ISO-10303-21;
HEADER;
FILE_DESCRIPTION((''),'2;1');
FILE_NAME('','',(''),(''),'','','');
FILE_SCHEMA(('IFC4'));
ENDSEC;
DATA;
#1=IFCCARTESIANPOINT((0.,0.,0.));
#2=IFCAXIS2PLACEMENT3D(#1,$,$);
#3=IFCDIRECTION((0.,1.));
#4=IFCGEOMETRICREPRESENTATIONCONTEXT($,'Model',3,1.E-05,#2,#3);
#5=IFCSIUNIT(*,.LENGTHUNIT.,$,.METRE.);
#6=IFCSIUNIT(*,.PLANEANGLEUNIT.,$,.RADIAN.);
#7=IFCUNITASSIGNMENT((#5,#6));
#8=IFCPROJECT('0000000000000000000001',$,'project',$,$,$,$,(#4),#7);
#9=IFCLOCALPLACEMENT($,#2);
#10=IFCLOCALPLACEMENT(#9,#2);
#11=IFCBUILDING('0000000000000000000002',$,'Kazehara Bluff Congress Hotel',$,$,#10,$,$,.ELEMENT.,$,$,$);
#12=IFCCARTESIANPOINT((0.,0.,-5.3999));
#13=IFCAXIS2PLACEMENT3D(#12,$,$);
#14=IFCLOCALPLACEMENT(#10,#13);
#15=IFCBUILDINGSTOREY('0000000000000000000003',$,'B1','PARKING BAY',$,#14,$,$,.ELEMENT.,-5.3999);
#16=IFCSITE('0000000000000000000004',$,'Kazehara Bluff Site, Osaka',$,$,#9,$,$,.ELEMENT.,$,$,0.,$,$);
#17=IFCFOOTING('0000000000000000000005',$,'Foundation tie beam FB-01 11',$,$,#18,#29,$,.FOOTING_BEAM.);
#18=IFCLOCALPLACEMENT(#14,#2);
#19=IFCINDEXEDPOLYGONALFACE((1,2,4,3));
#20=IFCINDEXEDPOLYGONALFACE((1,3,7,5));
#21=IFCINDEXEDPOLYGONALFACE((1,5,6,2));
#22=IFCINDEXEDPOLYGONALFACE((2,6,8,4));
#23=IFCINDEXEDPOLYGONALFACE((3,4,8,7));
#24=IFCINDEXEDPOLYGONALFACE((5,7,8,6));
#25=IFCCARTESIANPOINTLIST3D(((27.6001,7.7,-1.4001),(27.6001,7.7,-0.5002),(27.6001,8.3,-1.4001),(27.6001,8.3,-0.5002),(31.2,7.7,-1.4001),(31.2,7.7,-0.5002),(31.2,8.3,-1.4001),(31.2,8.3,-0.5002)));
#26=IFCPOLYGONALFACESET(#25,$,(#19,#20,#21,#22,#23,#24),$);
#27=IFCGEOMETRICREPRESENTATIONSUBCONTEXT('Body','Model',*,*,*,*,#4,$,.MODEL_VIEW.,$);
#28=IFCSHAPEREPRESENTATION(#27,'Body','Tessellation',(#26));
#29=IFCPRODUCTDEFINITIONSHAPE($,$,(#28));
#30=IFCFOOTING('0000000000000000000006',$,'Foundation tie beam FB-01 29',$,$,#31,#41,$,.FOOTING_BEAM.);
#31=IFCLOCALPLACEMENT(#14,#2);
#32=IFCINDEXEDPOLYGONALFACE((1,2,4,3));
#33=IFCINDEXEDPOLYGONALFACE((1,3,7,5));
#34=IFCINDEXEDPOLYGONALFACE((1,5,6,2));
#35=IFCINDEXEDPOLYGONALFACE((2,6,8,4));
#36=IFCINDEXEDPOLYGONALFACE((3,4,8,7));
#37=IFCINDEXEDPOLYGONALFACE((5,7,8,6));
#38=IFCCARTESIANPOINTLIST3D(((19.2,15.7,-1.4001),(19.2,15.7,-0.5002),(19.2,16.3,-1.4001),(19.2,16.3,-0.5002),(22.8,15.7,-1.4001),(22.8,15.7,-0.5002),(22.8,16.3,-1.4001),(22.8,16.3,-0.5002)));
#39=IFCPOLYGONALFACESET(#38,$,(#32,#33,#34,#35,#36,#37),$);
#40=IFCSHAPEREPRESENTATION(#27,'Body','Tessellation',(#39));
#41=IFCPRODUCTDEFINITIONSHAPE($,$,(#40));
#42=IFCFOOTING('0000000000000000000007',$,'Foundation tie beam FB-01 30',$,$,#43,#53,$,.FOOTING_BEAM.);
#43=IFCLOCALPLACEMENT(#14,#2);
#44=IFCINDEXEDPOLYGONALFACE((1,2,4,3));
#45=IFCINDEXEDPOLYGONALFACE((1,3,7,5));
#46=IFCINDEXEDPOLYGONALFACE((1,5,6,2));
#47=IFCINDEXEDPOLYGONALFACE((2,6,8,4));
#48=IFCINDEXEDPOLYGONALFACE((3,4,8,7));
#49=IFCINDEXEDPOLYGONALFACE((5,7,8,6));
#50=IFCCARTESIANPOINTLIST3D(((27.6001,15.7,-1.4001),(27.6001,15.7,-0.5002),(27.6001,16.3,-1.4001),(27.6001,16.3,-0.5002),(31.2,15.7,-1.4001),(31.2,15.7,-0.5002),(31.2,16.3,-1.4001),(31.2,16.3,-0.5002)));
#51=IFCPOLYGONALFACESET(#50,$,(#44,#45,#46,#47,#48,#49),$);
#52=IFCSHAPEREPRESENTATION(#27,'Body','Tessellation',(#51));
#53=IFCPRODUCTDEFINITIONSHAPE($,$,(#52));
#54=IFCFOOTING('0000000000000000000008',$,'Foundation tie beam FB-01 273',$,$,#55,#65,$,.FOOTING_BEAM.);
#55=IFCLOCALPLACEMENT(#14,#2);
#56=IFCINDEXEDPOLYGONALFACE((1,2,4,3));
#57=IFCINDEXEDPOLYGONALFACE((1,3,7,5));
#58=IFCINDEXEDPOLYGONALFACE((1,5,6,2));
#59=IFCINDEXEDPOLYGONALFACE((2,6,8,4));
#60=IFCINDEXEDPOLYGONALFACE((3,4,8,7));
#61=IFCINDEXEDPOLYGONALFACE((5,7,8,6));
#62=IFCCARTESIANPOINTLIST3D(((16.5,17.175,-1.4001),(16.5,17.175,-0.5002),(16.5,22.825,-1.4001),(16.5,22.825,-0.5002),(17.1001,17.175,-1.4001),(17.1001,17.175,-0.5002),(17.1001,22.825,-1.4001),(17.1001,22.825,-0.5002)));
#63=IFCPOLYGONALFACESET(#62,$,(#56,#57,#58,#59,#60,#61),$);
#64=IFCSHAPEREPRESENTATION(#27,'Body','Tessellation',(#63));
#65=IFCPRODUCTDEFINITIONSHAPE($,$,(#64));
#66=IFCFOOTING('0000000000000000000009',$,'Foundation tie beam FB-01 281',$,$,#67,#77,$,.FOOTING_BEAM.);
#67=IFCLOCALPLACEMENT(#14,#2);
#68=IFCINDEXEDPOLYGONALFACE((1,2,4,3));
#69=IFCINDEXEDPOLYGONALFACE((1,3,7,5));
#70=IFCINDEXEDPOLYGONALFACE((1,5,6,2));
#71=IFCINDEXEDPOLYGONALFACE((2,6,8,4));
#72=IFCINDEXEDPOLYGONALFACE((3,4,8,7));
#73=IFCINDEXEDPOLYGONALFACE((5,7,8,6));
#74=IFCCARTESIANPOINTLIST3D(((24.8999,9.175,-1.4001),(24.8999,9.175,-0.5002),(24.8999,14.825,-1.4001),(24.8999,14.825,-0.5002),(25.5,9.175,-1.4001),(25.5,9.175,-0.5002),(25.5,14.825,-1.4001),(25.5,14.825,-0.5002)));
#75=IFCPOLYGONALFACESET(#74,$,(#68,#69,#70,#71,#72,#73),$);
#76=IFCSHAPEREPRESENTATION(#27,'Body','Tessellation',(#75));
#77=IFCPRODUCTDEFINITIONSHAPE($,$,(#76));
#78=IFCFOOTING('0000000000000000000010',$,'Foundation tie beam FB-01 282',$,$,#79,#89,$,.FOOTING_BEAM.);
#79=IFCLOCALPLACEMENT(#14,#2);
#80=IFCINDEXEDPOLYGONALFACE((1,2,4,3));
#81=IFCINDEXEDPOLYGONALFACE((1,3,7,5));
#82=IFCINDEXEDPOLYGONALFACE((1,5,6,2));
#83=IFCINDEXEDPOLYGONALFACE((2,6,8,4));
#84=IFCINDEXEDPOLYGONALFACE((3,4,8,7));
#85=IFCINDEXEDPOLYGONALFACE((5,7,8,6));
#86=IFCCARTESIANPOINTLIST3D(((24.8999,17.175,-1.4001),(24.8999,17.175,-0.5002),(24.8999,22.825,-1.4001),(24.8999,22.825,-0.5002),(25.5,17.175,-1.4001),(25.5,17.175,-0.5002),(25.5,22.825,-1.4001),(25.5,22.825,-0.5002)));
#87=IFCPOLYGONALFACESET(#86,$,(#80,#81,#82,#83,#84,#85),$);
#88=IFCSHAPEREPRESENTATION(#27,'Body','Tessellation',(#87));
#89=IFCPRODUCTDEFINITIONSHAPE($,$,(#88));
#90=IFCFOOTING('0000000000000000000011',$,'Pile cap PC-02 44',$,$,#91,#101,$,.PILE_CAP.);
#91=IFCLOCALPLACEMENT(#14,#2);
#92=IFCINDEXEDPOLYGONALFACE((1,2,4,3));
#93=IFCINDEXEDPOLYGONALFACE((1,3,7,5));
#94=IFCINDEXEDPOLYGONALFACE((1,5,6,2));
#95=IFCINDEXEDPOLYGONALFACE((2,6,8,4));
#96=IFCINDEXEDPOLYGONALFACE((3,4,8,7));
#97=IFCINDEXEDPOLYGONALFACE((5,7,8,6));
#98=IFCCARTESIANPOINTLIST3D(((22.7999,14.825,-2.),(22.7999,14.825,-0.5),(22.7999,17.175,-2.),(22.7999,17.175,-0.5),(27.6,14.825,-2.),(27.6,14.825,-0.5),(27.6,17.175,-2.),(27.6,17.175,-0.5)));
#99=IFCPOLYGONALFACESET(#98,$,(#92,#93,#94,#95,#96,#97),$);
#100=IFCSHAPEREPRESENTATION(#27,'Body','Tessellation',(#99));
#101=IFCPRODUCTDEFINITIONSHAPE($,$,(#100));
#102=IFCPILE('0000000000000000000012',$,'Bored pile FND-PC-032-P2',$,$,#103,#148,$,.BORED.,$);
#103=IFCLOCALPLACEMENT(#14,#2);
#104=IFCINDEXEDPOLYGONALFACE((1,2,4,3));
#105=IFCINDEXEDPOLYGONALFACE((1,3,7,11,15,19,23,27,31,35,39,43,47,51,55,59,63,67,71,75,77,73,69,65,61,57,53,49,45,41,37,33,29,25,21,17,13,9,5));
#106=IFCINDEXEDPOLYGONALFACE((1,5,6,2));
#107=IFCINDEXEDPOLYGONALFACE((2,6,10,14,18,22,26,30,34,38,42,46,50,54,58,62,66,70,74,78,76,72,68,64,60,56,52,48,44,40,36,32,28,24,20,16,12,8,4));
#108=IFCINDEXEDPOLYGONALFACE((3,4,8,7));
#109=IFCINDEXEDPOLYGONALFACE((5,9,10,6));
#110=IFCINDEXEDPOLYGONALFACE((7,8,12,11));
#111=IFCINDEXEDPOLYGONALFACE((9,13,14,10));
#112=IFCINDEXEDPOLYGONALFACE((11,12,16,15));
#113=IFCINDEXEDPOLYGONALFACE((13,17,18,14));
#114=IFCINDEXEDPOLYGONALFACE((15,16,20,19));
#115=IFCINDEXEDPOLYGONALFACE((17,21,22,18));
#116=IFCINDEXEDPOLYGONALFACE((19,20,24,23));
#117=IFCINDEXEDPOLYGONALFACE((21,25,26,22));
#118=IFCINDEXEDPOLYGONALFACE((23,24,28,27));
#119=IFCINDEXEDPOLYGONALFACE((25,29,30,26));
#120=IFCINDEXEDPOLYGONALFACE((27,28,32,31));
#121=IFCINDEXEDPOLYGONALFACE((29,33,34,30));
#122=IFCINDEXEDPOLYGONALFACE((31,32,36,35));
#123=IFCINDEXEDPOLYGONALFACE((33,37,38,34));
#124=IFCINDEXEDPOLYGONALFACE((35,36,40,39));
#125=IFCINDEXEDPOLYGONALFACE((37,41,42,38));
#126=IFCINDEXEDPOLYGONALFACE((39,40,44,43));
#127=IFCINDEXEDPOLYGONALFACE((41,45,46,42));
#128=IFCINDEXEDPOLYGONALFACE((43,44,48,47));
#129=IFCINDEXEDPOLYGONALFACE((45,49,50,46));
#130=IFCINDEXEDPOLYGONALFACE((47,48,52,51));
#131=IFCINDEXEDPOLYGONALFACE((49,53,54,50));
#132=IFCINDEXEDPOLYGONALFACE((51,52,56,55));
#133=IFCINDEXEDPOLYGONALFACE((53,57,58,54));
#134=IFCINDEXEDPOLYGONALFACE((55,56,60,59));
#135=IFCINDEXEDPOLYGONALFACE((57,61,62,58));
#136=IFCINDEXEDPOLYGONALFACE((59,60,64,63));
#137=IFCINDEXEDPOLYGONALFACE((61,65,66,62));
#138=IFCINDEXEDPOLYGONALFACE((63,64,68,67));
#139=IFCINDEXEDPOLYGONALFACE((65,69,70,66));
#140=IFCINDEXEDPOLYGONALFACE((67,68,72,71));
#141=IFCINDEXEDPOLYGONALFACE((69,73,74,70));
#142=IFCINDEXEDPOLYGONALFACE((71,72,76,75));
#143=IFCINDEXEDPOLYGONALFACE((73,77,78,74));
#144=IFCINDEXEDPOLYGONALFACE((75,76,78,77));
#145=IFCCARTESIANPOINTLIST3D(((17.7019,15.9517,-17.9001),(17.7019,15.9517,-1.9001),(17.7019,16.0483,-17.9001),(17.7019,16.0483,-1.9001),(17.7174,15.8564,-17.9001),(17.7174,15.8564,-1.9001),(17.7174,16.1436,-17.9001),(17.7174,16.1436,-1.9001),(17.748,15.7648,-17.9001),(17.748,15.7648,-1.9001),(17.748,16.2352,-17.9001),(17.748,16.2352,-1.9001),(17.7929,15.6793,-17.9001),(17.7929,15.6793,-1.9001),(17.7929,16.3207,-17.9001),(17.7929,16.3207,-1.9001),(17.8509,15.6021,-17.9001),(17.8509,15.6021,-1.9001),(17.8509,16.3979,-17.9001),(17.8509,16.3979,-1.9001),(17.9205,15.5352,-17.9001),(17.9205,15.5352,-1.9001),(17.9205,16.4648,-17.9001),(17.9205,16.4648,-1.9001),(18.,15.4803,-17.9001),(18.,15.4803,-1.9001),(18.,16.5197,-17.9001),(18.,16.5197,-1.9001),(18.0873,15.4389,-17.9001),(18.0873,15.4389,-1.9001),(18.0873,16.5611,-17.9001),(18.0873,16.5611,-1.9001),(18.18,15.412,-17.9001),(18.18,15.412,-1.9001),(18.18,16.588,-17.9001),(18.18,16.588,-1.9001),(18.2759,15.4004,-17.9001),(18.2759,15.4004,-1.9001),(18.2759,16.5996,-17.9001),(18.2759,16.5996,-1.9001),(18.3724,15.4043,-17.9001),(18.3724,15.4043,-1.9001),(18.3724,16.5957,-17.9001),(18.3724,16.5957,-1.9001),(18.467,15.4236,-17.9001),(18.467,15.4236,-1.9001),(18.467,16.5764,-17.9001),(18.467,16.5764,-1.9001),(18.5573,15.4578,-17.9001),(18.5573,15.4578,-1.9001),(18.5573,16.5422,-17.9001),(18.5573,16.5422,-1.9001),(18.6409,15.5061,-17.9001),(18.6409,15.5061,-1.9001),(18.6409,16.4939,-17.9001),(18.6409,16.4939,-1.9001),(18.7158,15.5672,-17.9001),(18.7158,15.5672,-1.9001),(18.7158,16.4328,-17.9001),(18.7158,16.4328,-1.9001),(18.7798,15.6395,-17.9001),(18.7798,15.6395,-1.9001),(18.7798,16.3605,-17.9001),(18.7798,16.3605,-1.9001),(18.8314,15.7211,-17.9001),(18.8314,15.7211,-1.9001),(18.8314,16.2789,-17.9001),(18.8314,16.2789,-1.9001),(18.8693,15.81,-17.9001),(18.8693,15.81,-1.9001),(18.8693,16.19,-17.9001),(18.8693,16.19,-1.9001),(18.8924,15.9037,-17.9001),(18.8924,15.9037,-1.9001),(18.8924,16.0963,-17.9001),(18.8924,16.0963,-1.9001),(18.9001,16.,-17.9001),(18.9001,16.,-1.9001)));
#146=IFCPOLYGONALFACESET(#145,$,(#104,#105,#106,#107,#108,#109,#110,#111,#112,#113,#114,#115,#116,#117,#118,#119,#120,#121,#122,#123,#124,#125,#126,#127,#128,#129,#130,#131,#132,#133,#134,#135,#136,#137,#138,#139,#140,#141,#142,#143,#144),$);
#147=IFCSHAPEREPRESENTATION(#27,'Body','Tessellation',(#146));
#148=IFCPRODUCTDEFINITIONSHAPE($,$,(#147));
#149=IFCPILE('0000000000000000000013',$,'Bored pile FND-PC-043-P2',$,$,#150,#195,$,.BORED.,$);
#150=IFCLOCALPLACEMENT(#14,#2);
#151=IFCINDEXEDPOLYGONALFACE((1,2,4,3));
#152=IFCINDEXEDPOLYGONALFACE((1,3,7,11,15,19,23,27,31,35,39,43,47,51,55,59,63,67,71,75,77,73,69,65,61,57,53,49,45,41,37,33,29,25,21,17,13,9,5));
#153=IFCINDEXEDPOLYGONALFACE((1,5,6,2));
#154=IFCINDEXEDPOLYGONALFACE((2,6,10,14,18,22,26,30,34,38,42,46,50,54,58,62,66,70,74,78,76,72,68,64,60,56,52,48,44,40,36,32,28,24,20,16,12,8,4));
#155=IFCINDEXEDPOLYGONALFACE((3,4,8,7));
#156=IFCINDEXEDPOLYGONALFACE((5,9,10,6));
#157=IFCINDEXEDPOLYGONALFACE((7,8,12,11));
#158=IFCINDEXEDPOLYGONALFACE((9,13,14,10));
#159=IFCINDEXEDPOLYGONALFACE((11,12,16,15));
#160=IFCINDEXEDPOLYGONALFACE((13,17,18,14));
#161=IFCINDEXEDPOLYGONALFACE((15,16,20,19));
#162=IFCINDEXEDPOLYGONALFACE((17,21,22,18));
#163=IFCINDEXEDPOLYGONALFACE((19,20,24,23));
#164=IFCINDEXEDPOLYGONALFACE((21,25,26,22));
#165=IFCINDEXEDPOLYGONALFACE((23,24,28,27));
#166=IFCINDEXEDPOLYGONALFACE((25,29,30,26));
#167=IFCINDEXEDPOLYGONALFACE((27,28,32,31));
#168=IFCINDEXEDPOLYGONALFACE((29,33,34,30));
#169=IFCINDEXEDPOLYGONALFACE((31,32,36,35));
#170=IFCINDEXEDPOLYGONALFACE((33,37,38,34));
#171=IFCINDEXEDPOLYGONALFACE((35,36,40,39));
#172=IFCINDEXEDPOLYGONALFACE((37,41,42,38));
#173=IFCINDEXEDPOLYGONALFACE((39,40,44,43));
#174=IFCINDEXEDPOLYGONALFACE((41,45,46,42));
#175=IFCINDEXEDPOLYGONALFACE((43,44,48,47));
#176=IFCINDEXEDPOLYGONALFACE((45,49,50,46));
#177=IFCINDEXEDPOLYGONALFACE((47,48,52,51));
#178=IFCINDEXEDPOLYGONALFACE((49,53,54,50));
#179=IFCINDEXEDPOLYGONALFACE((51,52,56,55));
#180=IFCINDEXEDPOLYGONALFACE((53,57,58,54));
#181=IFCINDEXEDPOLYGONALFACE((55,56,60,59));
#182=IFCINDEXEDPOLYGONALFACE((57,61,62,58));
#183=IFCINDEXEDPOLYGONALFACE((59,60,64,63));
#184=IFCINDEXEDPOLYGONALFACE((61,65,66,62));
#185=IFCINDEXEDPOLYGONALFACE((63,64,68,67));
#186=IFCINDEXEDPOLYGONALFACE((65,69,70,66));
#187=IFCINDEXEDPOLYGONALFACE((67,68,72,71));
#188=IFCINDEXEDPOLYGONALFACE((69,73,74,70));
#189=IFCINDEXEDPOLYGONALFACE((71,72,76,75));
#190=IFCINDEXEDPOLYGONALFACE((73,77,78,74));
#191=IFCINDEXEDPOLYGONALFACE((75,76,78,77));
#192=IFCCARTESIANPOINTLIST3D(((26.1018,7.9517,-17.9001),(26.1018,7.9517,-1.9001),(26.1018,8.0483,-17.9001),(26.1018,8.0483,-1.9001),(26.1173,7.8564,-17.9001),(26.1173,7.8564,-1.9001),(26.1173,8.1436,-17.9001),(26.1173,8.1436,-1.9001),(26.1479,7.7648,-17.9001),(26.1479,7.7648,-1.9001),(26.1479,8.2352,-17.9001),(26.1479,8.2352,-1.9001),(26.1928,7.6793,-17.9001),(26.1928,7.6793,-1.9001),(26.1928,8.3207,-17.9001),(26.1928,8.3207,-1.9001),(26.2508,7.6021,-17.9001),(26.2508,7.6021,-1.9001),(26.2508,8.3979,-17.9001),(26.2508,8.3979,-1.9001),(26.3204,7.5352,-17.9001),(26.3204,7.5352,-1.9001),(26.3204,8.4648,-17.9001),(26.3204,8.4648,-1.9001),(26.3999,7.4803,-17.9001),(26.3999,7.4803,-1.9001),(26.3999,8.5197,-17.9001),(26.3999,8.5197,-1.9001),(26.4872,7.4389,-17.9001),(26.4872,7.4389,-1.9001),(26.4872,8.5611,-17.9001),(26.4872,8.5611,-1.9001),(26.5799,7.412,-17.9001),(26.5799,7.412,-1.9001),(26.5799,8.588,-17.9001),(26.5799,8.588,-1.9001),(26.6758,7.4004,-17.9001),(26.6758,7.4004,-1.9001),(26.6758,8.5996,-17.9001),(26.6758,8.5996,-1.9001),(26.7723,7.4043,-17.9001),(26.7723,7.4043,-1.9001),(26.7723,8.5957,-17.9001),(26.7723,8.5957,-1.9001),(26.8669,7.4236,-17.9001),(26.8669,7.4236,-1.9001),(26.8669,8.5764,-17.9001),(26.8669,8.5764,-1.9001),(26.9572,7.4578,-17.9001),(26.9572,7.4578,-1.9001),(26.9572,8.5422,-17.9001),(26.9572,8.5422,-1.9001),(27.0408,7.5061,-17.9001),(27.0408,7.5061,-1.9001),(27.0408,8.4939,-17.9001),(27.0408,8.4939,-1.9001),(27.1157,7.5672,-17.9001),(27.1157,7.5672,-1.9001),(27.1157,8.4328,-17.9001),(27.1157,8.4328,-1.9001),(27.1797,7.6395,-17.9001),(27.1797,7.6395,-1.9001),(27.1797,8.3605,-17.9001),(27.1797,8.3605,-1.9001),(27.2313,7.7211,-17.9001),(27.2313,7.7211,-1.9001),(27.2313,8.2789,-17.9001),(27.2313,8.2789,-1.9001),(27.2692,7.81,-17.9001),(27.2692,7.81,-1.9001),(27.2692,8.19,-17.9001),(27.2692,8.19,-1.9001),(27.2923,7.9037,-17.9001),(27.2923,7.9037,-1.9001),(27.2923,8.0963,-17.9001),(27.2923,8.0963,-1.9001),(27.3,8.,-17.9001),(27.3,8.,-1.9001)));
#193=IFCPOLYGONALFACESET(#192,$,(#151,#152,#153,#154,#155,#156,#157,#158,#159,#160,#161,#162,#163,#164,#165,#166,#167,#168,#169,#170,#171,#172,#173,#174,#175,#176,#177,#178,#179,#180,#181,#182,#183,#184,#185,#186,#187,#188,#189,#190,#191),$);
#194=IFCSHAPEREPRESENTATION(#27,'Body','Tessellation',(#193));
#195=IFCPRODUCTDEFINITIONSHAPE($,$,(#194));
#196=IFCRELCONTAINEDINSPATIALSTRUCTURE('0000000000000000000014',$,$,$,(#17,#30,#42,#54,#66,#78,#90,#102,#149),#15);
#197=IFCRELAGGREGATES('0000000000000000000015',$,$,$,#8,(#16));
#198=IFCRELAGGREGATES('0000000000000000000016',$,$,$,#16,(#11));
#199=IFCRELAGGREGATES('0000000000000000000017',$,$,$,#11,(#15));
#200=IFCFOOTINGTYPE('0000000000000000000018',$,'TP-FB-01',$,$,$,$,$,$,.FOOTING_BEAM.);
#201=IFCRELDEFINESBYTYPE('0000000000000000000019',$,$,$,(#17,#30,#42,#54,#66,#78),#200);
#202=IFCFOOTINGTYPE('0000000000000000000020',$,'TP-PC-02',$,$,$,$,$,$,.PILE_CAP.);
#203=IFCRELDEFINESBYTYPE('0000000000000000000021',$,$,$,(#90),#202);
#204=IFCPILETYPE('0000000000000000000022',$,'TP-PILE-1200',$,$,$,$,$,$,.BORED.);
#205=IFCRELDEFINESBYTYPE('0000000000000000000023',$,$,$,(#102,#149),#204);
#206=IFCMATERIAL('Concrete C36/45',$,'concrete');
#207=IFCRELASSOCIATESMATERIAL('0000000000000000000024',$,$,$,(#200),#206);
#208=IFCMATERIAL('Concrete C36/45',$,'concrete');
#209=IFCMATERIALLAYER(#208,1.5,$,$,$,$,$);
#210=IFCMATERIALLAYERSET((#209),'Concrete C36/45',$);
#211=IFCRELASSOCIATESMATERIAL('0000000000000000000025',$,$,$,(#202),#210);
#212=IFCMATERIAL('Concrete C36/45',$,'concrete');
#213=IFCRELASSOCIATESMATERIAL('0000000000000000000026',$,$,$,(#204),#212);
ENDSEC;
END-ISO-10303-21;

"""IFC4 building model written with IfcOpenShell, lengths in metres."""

from ifc_helpers import new_model, si_unit, direction, frame, origin, origin_2d, place, context, subcontext, project, spatial, rectangle, circle, extrude, material, layer, layer_set, material_profile, profile_set, type_object, element, save


model = new_model("IFC4")

# Units and contexts
model_context = context("Model", 3, precision=1e-05, world=origin(), true_north=direction((0.0, 1.0)))
body_context = subcontext(model_context, "Body", "Model", "MODEL_VIEW")
ifc_project = project(units=[si_unit("LENGTHUNIT", "METRE"), si_unit("PLANEANGLEUNIT", "RADIAN")], contexts=[model_context])

# Site, building, storey
site_placement = place(None, origin())
site = spatial("IfcSite", under=ifc_project, at=site_placement, Name="Kazehara Bluff Site, Osaka", CompositionType="ELEMENT", RefElevation=0.0)
building_placement = place(site_placement, origin())
building = spatial("IfcBuilding", under=site, at=building_placement, Name="Kazehara Bluff Congress Hotel", CompositionType="ELEMENT")
storey_placement = place(building_placement, frame((0.0, 0.0, -5.3999)))
storey = spatial("IfcBuildingStorey", under=building, at=storey_placement, Name="B1", Description="PARKING BAY", CompositionType="ELEMENT", Elevation=-5.3999)

# Footings
ifc_material_1 = material(Name="Concrete C36/45", Category="concrete")
ifc_material_profile_1 = material_profile(ifc_material_1, rectangle(XDim=0.6001, YDim=0.8999, at=origin_2d()))
ifc_profile_set_1 = profile_set([ifc_material_profile_1], Name="Concrete C36/45")
footing_type_1 = type_object("IfcFootingType", Name="TP-FB-01", PredefinedType="FOOTING_BEAM", material=ifc_profile_set_1)
footing_1_placement = place(storey_placement, frame((27.6001, 8.0, -0.9502), z_axis=(1.0, 0.0, 0.0), x_axis=(0.0, 1.0, 0.0)))
element("IfcFooting", 1, at=footing_1_placement, inside=storey, type_object=footing_type_1, Name="Foundation tie beam FB-01 11", PredefinedType="FOOTING_BEAM", context=body_context, shape_type="SweptSolid", body=[
    extrude(rectangle(XDim=0.6001, YDim=0.8999, at=origin_2d()), origin(), (0.0, 0.0, 1.0), 3.5999),
])
footing_2_placement = place(storey_placement, frame((19.2, 16.0, -0.9502), z_axis=(1.0, 0.0, 0.0), x_axis=(0.0, 1.0, 0.0)))
element("IfcFooting", 2, at=footing_2_placement, inside=storey, type_object=footing_type_1, Name="Foundation tie beam FB-01 29", PredefinedType="FOOTING_BEAM", context=body_context, shape_type="SweptSolid", body=[
    extrude(rectangle(XDim=0.6001, YDim=0.8999, at=origin_2d()), origin(), (0.0, 0.0, 1.0), 3.6001),
])
footing_3_placement = place(storey_placement, frame((27.6001, 16.0, -0.9502), z_axis=(1.0, 0.0, 0.0), x_axis=(0.0, 1.0, 0.0)))
element("IfcFooting", 3, at=footing_3_placement, inside=storey, type_object=footing_type_1, Name="Foundation tie beam FB-01 30", PredefinedType="FOOTING_BEAM", context=body_context, shape_type="SweptSolid", body=[
    extrude(rectangle(XDim=0.6001, YDim=0.8999, at=origin_2d()), origin(), (0.0, 0.0, 1.0), 3.5999),
])
for number, where, z_axis, x_axis, name in (
    (4, (16.8, 17.175, -0.9502), (0.0, 1.0, 0.0), (-1.0, 0.0, 0.0), "Foundation tie beam FB-01 273"),
    (5, (25.2, 9.175, -0.9502), (0.0, 1.0, 0.0), (-1.0, 0.0, 0.0), "Foundation tie beam FB-01 281"),
    (6, (25.2, 17.175, -0.9502), (0.0, 1.0, 0.0), (-1.0, 0.0, 0.0), "Foundation tie beam FB-01 282"),
):
    element("IfcFooting", number, at=place(storey_placement, frame(where, z_axis=z_axis, x_axis=x_axis)), inside=storey, type_object=footing_type_1, Name=name, PredefinedType="FOOTING_BEAM", context=body_context, shape_type="SweptSolid", body=[
        extrude(rectangle(XDim=0.6001, YDim=0.8999, at=origin_2d()), origin(), (0.0, 0.0, 1.0), 5.6499),
    ])
ifc_material_2 = material(Name="Concrete C36/45", Category="concrete")
ifc_layer_1 = layer(ifc_material_2, 1.5)
ifc_layer_set_1 = layer_set([ifc_layer_1], Name="Concrete C36/45")
footing_type_2 = type_object("IfcFootingType", Name="TP-PC-02", PredefinedType="PILE_CAP", material=ifc_layer_set_1)
footing_4_placement = place(storey_placement, frame((25.2, 16.0, -2.0), z_axis=(0.0, 0.0, 1.0), x_axis=(1.0, 0.0, 0.0)))
element("IfcFooting", 7, at=footing_4_placement, inside=storey, type_object=footing_type_2, Name="Pile cap PC-02 44", PredefinedType="PILE_CAP", context=body_context, shape_type="SweptSolid", body=[
    extrude(rectangle(XDim=4.8, YDim=2.3501, at=origin_2d()), origin(), (0.0, 0.0, 1.0), 1.5),
])

# Piles
ifc_material_3 = material(Name="Concrete C36/45", Category="concrete")
ifc_material_profile_2 = material_profile(ifc_material_3, circle(Radius=0.6001, at=origin_2d()))
ifc_profile_set_2 = profile_set([ifc_material_profile_2], Name="Concrete C36/45")
pile_type = type_object("IfcPileType", Name="TP-PILE-1200", PredefinedType="BORED", material=ifc_profile_set_2)
for number, where, z_axis, x_axis, name in (
    (8, (18.3, 16.0, -1.9001), (0.0, 0.0, -1.0), (1.0, 0.0, 0.0), "Bored pile FND-PC-032-P2"),
    (9, (26.7, 8.0, -1.9001), (0.0, 0.0, -1.0), (1.0, 0.0, 0.0), "Bored pile FND-PC-043-P2"),
):
    element("IfcPile", number, at=place(storey_placement, frame(where, z_axis=z_axis, x_axis=x_axis)), inside=storey, type_object=pile_type, Name=name, PredefinedType="BORED", context=body_context, shape_type="SweptSolid", body=[
        extrude(circle(Radius=0.6001, at=origin_2d()), origin(), (0.0, 0.0, 1.0), 16.0),
    ])

save(model, "model.ifc")
